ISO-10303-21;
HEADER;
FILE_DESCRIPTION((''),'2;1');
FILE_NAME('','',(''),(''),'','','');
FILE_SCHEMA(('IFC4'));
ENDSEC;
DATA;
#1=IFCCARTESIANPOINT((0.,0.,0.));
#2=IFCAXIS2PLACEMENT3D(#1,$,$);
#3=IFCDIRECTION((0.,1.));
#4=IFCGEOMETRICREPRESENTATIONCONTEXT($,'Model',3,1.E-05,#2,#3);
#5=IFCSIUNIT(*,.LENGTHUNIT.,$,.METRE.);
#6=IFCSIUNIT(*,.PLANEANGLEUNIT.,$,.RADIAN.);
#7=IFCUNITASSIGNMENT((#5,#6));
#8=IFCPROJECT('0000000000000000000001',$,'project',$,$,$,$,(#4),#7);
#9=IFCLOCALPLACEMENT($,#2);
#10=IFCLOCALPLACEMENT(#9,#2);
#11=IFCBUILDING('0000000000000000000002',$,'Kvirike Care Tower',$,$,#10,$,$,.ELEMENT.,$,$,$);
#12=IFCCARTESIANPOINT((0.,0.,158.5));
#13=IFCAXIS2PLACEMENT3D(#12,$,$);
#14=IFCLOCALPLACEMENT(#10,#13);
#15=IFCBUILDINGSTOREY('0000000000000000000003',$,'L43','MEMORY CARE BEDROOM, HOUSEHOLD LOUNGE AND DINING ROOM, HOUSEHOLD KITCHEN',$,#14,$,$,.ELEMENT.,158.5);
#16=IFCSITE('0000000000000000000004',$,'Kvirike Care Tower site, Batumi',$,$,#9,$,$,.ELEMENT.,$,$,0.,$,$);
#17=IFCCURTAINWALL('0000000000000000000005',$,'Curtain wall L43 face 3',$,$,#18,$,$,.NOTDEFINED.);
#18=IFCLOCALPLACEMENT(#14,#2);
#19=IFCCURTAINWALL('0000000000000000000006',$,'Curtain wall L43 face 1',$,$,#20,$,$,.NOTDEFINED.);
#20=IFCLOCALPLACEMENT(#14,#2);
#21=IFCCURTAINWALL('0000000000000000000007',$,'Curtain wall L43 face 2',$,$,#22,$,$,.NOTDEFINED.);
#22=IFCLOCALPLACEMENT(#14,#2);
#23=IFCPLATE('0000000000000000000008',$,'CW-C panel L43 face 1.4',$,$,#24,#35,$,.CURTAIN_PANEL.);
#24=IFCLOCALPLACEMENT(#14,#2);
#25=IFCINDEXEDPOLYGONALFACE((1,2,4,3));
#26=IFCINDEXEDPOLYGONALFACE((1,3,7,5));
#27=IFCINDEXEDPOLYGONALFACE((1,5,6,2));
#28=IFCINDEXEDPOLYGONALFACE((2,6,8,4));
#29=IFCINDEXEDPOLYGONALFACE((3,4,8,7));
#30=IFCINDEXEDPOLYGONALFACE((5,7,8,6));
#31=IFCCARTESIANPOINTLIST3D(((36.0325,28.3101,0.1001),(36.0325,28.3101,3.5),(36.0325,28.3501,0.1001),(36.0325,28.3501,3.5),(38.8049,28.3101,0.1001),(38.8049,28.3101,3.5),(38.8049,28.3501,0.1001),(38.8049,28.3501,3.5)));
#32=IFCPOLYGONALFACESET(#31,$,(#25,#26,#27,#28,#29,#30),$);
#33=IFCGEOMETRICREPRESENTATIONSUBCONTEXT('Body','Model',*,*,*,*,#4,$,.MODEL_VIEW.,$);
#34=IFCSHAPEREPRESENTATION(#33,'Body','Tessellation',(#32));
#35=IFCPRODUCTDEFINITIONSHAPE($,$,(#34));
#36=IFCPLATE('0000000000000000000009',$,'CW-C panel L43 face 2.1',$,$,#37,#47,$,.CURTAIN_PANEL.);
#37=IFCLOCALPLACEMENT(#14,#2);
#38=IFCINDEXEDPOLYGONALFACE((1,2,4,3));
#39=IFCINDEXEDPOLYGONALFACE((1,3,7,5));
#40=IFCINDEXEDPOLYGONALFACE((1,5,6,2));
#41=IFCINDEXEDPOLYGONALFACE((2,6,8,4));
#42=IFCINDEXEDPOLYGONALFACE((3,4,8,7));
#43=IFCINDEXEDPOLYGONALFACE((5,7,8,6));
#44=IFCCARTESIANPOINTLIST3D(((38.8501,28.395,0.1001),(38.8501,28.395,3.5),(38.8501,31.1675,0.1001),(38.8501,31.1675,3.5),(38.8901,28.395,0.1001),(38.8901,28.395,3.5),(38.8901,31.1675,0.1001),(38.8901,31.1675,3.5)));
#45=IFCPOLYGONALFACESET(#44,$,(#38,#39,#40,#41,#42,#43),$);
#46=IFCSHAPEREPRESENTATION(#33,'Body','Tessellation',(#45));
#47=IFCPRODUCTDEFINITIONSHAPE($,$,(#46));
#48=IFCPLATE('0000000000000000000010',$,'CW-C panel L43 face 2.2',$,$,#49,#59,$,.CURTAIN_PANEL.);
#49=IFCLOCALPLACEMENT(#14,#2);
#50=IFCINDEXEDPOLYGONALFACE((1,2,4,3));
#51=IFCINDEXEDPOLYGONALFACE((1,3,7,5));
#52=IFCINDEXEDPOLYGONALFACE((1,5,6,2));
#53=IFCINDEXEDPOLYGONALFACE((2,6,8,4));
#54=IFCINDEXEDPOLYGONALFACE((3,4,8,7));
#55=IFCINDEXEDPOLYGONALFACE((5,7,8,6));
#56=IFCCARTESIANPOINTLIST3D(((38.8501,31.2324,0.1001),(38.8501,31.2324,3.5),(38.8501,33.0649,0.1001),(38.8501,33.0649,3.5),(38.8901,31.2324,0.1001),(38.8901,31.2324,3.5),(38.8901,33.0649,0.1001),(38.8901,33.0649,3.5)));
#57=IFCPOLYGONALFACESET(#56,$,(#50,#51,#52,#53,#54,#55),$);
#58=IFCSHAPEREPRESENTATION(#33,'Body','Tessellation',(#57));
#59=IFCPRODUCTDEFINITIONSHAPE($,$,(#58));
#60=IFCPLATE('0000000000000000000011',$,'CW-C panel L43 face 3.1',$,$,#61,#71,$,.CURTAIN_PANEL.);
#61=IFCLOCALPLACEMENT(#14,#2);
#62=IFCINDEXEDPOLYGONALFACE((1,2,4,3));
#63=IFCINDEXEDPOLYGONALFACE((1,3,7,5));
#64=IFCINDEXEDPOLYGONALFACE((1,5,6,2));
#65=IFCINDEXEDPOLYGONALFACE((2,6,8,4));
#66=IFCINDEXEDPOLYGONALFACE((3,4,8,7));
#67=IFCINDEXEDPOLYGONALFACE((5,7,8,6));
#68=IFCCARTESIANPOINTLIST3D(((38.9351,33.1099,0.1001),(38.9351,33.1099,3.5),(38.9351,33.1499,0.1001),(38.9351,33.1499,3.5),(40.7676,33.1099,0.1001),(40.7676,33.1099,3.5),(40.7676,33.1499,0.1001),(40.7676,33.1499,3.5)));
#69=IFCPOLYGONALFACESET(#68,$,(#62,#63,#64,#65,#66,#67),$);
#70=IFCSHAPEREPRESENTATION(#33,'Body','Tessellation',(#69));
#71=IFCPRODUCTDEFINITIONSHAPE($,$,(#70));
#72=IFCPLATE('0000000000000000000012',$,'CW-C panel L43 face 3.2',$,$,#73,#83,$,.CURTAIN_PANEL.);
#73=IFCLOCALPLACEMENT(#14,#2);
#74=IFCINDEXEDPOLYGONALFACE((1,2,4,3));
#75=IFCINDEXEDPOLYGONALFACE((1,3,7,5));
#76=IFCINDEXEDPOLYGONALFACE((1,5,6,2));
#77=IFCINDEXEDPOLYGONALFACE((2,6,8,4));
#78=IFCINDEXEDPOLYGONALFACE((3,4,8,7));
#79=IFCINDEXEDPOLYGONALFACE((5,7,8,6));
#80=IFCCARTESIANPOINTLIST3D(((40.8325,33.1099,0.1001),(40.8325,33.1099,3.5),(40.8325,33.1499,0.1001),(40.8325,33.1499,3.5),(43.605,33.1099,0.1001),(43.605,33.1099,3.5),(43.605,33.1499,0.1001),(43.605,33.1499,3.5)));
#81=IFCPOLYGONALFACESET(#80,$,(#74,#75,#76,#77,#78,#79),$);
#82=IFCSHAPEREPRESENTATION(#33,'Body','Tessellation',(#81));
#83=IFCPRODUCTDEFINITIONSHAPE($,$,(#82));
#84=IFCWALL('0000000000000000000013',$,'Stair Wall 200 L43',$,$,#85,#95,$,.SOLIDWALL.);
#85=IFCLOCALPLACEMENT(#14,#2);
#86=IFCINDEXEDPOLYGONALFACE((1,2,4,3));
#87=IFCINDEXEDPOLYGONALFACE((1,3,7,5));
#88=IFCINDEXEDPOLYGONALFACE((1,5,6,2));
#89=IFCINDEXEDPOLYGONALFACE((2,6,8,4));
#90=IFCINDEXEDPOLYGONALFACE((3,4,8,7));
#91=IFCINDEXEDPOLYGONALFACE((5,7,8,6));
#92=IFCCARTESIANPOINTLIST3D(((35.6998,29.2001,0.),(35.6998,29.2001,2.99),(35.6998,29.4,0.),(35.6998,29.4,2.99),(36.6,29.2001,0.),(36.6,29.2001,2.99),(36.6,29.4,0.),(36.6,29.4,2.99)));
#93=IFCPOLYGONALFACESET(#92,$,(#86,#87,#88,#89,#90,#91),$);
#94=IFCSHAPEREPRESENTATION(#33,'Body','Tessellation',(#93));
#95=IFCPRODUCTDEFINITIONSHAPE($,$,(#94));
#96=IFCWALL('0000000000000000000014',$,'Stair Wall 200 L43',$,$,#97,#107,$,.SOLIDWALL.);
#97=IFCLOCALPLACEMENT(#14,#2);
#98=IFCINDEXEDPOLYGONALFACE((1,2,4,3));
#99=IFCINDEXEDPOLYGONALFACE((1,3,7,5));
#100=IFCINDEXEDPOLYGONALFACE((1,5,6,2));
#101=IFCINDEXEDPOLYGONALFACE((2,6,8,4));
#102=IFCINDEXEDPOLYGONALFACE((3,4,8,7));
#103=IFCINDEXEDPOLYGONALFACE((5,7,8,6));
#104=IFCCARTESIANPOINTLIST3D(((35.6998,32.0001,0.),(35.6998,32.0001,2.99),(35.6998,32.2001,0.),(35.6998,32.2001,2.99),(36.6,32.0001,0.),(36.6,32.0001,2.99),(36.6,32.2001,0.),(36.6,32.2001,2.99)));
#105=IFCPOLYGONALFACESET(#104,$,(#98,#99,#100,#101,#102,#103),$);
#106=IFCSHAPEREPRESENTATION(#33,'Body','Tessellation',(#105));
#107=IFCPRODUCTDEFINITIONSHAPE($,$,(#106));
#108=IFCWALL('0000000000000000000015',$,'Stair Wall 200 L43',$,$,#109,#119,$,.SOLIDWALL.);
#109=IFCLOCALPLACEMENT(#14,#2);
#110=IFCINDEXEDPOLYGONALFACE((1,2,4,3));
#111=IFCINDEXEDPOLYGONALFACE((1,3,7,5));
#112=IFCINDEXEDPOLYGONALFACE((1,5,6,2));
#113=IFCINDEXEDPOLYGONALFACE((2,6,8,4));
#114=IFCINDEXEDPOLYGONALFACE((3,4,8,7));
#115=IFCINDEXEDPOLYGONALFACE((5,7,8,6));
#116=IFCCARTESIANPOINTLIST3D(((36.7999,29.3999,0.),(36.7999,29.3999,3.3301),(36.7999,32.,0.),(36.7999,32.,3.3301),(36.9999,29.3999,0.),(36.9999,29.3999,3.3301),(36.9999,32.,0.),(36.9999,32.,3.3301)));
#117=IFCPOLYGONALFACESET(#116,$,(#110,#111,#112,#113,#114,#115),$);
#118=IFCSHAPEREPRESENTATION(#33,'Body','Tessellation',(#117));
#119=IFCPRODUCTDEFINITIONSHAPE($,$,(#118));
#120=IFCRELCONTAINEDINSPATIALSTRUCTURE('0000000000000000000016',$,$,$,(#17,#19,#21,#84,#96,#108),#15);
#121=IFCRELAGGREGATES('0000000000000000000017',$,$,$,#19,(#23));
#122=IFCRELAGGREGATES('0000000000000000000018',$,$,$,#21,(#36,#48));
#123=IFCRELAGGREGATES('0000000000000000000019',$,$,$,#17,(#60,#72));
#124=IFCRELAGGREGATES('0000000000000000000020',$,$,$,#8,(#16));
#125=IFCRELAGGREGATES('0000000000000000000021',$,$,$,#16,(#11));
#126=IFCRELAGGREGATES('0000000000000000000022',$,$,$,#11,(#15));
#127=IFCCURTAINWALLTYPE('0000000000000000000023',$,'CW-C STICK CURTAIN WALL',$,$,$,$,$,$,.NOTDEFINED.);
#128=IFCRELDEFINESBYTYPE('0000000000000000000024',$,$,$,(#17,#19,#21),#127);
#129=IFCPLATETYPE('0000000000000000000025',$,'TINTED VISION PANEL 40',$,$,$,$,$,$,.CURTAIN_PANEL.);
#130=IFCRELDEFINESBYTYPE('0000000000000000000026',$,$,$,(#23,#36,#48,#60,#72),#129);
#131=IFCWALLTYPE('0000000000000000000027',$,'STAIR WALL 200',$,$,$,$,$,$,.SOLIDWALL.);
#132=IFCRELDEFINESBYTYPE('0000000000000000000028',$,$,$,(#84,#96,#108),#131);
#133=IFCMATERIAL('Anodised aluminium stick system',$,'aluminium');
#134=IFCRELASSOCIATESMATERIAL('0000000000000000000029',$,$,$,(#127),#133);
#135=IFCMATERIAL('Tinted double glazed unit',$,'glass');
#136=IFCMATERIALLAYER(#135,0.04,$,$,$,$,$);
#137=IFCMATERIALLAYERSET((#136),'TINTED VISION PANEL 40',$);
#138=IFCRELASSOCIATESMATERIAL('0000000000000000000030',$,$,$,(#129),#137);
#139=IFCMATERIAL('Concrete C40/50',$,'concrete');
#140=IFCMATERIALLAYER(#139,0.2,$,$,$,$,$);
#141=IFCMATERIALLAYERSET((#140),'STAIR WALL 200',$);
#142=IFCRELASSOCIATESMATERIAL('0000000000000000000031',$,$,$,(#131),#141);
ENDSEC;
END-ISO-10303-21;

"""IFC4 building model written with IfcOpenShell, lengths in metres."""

from ifc_helpers import new_model, si_unit, direction, frame, frame_2d, origin, origin_2d, place, context, subcontext, project, spatial, rectangle, extrude, material, layer, layer_set, type_object, element, aggregate, save


model = new_model("IFC4")

# Units and contexts
model_context = context("Model", 3, precision=1e-05, world=origin(), true_north=direction((0.0, 1.0)))
body_context = subcontext(model_context, "Body", "Model", "MODEL_VIEW")
ifc_project = project(units=[si_unit("LENGTHUNIT", "METRE"), si_unit("PLANEANGLEUNIT", "RADIAN")], contexts=[model_context])

# Site, building, storey
site_placement = place(None, origin())
site = spatial("IfcSite", under=ifc_project, at=site_placement, Name="Kvirike Care Tower site, Batumi", CompositionType="ELEMENT", RefElevation=0.0)
building_placement = place(site_placement, origin())
building = spatial("IfcBuilding", under=site, at=building_placement, Name="Kvirike Care Tower", CompositionType="ELEMENT")
storey_placement = place(building_placement, frame((0.0, 0.0, 158.5)))
storey = spatial("IfcBuildingStorey", under=building, at=storey_placement, Name="L43", Description="MEMORY CARE BEDROOM, HOUSEHOLD LOUNGE AND DINING ROOM, HOUSEHOLD KITCHEN", CompositionType="ELEMENT", Elevation=158.5)

# Curtain wall
ifc_material_1 = material(Name="Anodised aluminium stick system", Category="aluminium")
curtain_wall_type = type_object("IfcCurtainWallType", Name="CW-C STICK CURTAIN WALL", PredefinedType="NOTDEFINED", material=ifc_material_1)
curtain_wall_1_placement = place(storey_placement, origin())
curtain_wall_1 = element("IfcCurtainWall", 1, at=curtain_wall_1_placement, inside=storey, type_object=curtain_wall_type, Name="Curtain wall L43 face 3", PredefinedType="NOTDEFINED")

# Curtain walls
curtain_wall_2_placement = place(storey_placement, origin())
curtain_wall_2 = element("IfcCurtainWall", 2, at=curtain_wall_2_placement, inside=storey, type_object=curtain_wall_type, Name="Curtain wall L43 face 1", PredefinedType="NOTDEFINED")
curtain_wall_3_placement = place(storey_placement, origin())
curtain_wall_3 = element("IfcCurtainWall", 3, at=curtain_wall_3_placement, inside=storey, type_object=curtain_wall_type, Name="Curtain wall L43 face 2", PredefinedType="NOTDEFINED")

# Plates
ifc_material_2 = material(Name="Tinted double glazed unit", Category="glass")
ifc_layer_1 = layer(ifc_material_2, 0.04)
ifc_layer_set_1 = layer_set([ifc_layer_1], Name="TINTED VISION PANEL 40")
plate_type = type_object("IfcPlateType", Name="TINTED VISION PANEL 40", PredefinedType="CURTAIN_PANEL", material=ifc_layer_set_1)
plate_1_placement = place(storey_placement, frame((37.4187, 28.3301, 0.1001), z_axis=(0.0, 0.0, 1.0), x_axis=(1.0, 0.0, 0.0)))
plate_1 = element("IfcPlate", 4, at=plate_1_placement, type_object=plate_type, Name="CW-C panel L43 face 1.4", PredefinedType="CURTAIN_PANEL", context=body_context, shape_type="SweptSolid", body=[
    extrude(rectangle(XDim=2.7725, YDim=0.04, at=origin_2d()), origin(), (0.0, 0.0, 1.0), 3.3999),
])
aggregate(curtain_wall_2, [plate_1])
plate_2_placement = place(storey_placement, frame((38.8701, 29.7812, 0.1001), z_axis=(0.0, 0.0, 1.0), x_axis=(0.0, 1.0, 0.0)))
plate_2 = element("IfcPlate", 5, at=plate_2_placement, type_object=plate_type, Name="CW-C panel L43 face 2.1", PredefinedType="CURTAIN_PANEL", context=body_context, shape_type="SweptSolid", body=[
    extrude(rectangle(XDim=2.7725, YDim=0.04, at=origin_2d()), origin(), (0.0, 0.0, 1.0), 3.3999),
])
plate_3_placement = place(storey_placement, frame((38.8701, 32.1487, 0.1001), z_axis=(0.0, 0.0, 1.0), x_axis=(0.0, 1.0, 0.0)))
plate_3 = element("IfcPlate", 6, at=plate_3_placement, type_object=plate_type, Name="CW-C panel L43 face 2.2", PredefinedType="CURTAIN_PANEL", context=body_context, shape_type="SweptSolid", body=[
    extrude(rectangle(XDim=1.8325, YDim=0.04, at=origin_2d()), origin(), (0.0, 0.0, 1.0), 3.3999),
])
aggregate(curtain_wall_3, [plate_2, plate_3])
plate_4_placement = place(storey_placement, frame((39.8513, 33.1299, 0.1001), z_axis=(0.0, 0.0, 1.0), x_axis=(1.0, 0.0, 0.0)))
plate_4 = element("IfcPlate", 7, at=plate_4_placement, type_object=plate_type, Name="CW-C panel L43 face 3.1", PredefinedType="CURTAIN_PANEL", context=body_context, shape_type="SweptSolid", body=[
    extrude(rectangle(XDim=1.8325, YDim=0.04, at=origin_2d()), origin(), (0.0, 0.0, 1.0), 3.3999),
])
plate_5_placement = place(storey_placement, frame((42.2188, 33.1299, 0.1001), z_axis=(0.0, 0.0, 1.0), x_axis=(1.0, 0.0, 0.0)))
plate_5 = element("IfcPlate", 8, at=plate_5_placement, type_object=plate_type, Name="CW-C panel L43 face 3.2", PredefinedType="CURTAIN_PANEL", context=body_context, shape_type="SweptSolid", body=[
    extrude(rectangle(XDim=2.7725, YDim=0.04, at=origin_2d()), origin(), (0.0, 0.0, 1.0), 3.3999),
])
aggregate(curtain_wall_1, [plate_4, plate_5])

# Walls
ifc_material_3 = material(Name="Concrete C40/50", Category="concrete")
ifc_layer_2 = layer(ifc_material_3, 0.2)
ifc_layer_set_2 = layer_set([ifc_layer_2], Name="STAIR WALL 200")
wall_type = type_object("IfcWallType", Name="STAIR WALL 200", PredefinedType="SOLIDWALL", material=ifc_layer_set_2)
for number, where, z_axis, x_axis, name in (
    (9, (36.6001, 29.3, 0.0), (0.0, 0.0, 1.0), (-1.0, 0.0, 0.0), "Stair Wall 200 L43"),
    (10, (36.6001, 32.1001, 0.0), (0.0, 0.0, 1.0), (-1.0, 0.0, 0.0), "Stair Wall 200 L43"),
):
    element("IfcWall", number, at=place(storey_placement, frame(where, z_axis=z_axis, x_axis=x_axis)), inside=storey, type_object=wall_type, Name=name, PredefinedType="SOLIDWALL", context=body_context, shape_type="SweptSolid", body=[
        extrude(rectangle(XDim=0.9001, YDim=0.2, at=frame_2d((0.4502, 0.0))), origin(), (0.0, 0.0, 1.0), 2.99),
    ])
wall_placement = place(storey_placement, frame((36.8999, 29.3999, 0.0), z_axis=(0.0, 0.0, 1.0), x_axis=(0.0, 1.0, 0.0)))
element("IfcWall", 11, at=wall_placement, inside=storey, type_object=wall_type, Name="Stair Wall 200 L43", PredefinedType="SOLIDWALL", context=body_context, shape_type="SweptSolid", body=[
    extrude(rectangle(XDim=2.6001, YDim=0.2, at=frame_2d((1.3, 0.0))), origin(), (0.0, 0.0, 1.0), 3.3301),
])

save(model, "model.ifc")
